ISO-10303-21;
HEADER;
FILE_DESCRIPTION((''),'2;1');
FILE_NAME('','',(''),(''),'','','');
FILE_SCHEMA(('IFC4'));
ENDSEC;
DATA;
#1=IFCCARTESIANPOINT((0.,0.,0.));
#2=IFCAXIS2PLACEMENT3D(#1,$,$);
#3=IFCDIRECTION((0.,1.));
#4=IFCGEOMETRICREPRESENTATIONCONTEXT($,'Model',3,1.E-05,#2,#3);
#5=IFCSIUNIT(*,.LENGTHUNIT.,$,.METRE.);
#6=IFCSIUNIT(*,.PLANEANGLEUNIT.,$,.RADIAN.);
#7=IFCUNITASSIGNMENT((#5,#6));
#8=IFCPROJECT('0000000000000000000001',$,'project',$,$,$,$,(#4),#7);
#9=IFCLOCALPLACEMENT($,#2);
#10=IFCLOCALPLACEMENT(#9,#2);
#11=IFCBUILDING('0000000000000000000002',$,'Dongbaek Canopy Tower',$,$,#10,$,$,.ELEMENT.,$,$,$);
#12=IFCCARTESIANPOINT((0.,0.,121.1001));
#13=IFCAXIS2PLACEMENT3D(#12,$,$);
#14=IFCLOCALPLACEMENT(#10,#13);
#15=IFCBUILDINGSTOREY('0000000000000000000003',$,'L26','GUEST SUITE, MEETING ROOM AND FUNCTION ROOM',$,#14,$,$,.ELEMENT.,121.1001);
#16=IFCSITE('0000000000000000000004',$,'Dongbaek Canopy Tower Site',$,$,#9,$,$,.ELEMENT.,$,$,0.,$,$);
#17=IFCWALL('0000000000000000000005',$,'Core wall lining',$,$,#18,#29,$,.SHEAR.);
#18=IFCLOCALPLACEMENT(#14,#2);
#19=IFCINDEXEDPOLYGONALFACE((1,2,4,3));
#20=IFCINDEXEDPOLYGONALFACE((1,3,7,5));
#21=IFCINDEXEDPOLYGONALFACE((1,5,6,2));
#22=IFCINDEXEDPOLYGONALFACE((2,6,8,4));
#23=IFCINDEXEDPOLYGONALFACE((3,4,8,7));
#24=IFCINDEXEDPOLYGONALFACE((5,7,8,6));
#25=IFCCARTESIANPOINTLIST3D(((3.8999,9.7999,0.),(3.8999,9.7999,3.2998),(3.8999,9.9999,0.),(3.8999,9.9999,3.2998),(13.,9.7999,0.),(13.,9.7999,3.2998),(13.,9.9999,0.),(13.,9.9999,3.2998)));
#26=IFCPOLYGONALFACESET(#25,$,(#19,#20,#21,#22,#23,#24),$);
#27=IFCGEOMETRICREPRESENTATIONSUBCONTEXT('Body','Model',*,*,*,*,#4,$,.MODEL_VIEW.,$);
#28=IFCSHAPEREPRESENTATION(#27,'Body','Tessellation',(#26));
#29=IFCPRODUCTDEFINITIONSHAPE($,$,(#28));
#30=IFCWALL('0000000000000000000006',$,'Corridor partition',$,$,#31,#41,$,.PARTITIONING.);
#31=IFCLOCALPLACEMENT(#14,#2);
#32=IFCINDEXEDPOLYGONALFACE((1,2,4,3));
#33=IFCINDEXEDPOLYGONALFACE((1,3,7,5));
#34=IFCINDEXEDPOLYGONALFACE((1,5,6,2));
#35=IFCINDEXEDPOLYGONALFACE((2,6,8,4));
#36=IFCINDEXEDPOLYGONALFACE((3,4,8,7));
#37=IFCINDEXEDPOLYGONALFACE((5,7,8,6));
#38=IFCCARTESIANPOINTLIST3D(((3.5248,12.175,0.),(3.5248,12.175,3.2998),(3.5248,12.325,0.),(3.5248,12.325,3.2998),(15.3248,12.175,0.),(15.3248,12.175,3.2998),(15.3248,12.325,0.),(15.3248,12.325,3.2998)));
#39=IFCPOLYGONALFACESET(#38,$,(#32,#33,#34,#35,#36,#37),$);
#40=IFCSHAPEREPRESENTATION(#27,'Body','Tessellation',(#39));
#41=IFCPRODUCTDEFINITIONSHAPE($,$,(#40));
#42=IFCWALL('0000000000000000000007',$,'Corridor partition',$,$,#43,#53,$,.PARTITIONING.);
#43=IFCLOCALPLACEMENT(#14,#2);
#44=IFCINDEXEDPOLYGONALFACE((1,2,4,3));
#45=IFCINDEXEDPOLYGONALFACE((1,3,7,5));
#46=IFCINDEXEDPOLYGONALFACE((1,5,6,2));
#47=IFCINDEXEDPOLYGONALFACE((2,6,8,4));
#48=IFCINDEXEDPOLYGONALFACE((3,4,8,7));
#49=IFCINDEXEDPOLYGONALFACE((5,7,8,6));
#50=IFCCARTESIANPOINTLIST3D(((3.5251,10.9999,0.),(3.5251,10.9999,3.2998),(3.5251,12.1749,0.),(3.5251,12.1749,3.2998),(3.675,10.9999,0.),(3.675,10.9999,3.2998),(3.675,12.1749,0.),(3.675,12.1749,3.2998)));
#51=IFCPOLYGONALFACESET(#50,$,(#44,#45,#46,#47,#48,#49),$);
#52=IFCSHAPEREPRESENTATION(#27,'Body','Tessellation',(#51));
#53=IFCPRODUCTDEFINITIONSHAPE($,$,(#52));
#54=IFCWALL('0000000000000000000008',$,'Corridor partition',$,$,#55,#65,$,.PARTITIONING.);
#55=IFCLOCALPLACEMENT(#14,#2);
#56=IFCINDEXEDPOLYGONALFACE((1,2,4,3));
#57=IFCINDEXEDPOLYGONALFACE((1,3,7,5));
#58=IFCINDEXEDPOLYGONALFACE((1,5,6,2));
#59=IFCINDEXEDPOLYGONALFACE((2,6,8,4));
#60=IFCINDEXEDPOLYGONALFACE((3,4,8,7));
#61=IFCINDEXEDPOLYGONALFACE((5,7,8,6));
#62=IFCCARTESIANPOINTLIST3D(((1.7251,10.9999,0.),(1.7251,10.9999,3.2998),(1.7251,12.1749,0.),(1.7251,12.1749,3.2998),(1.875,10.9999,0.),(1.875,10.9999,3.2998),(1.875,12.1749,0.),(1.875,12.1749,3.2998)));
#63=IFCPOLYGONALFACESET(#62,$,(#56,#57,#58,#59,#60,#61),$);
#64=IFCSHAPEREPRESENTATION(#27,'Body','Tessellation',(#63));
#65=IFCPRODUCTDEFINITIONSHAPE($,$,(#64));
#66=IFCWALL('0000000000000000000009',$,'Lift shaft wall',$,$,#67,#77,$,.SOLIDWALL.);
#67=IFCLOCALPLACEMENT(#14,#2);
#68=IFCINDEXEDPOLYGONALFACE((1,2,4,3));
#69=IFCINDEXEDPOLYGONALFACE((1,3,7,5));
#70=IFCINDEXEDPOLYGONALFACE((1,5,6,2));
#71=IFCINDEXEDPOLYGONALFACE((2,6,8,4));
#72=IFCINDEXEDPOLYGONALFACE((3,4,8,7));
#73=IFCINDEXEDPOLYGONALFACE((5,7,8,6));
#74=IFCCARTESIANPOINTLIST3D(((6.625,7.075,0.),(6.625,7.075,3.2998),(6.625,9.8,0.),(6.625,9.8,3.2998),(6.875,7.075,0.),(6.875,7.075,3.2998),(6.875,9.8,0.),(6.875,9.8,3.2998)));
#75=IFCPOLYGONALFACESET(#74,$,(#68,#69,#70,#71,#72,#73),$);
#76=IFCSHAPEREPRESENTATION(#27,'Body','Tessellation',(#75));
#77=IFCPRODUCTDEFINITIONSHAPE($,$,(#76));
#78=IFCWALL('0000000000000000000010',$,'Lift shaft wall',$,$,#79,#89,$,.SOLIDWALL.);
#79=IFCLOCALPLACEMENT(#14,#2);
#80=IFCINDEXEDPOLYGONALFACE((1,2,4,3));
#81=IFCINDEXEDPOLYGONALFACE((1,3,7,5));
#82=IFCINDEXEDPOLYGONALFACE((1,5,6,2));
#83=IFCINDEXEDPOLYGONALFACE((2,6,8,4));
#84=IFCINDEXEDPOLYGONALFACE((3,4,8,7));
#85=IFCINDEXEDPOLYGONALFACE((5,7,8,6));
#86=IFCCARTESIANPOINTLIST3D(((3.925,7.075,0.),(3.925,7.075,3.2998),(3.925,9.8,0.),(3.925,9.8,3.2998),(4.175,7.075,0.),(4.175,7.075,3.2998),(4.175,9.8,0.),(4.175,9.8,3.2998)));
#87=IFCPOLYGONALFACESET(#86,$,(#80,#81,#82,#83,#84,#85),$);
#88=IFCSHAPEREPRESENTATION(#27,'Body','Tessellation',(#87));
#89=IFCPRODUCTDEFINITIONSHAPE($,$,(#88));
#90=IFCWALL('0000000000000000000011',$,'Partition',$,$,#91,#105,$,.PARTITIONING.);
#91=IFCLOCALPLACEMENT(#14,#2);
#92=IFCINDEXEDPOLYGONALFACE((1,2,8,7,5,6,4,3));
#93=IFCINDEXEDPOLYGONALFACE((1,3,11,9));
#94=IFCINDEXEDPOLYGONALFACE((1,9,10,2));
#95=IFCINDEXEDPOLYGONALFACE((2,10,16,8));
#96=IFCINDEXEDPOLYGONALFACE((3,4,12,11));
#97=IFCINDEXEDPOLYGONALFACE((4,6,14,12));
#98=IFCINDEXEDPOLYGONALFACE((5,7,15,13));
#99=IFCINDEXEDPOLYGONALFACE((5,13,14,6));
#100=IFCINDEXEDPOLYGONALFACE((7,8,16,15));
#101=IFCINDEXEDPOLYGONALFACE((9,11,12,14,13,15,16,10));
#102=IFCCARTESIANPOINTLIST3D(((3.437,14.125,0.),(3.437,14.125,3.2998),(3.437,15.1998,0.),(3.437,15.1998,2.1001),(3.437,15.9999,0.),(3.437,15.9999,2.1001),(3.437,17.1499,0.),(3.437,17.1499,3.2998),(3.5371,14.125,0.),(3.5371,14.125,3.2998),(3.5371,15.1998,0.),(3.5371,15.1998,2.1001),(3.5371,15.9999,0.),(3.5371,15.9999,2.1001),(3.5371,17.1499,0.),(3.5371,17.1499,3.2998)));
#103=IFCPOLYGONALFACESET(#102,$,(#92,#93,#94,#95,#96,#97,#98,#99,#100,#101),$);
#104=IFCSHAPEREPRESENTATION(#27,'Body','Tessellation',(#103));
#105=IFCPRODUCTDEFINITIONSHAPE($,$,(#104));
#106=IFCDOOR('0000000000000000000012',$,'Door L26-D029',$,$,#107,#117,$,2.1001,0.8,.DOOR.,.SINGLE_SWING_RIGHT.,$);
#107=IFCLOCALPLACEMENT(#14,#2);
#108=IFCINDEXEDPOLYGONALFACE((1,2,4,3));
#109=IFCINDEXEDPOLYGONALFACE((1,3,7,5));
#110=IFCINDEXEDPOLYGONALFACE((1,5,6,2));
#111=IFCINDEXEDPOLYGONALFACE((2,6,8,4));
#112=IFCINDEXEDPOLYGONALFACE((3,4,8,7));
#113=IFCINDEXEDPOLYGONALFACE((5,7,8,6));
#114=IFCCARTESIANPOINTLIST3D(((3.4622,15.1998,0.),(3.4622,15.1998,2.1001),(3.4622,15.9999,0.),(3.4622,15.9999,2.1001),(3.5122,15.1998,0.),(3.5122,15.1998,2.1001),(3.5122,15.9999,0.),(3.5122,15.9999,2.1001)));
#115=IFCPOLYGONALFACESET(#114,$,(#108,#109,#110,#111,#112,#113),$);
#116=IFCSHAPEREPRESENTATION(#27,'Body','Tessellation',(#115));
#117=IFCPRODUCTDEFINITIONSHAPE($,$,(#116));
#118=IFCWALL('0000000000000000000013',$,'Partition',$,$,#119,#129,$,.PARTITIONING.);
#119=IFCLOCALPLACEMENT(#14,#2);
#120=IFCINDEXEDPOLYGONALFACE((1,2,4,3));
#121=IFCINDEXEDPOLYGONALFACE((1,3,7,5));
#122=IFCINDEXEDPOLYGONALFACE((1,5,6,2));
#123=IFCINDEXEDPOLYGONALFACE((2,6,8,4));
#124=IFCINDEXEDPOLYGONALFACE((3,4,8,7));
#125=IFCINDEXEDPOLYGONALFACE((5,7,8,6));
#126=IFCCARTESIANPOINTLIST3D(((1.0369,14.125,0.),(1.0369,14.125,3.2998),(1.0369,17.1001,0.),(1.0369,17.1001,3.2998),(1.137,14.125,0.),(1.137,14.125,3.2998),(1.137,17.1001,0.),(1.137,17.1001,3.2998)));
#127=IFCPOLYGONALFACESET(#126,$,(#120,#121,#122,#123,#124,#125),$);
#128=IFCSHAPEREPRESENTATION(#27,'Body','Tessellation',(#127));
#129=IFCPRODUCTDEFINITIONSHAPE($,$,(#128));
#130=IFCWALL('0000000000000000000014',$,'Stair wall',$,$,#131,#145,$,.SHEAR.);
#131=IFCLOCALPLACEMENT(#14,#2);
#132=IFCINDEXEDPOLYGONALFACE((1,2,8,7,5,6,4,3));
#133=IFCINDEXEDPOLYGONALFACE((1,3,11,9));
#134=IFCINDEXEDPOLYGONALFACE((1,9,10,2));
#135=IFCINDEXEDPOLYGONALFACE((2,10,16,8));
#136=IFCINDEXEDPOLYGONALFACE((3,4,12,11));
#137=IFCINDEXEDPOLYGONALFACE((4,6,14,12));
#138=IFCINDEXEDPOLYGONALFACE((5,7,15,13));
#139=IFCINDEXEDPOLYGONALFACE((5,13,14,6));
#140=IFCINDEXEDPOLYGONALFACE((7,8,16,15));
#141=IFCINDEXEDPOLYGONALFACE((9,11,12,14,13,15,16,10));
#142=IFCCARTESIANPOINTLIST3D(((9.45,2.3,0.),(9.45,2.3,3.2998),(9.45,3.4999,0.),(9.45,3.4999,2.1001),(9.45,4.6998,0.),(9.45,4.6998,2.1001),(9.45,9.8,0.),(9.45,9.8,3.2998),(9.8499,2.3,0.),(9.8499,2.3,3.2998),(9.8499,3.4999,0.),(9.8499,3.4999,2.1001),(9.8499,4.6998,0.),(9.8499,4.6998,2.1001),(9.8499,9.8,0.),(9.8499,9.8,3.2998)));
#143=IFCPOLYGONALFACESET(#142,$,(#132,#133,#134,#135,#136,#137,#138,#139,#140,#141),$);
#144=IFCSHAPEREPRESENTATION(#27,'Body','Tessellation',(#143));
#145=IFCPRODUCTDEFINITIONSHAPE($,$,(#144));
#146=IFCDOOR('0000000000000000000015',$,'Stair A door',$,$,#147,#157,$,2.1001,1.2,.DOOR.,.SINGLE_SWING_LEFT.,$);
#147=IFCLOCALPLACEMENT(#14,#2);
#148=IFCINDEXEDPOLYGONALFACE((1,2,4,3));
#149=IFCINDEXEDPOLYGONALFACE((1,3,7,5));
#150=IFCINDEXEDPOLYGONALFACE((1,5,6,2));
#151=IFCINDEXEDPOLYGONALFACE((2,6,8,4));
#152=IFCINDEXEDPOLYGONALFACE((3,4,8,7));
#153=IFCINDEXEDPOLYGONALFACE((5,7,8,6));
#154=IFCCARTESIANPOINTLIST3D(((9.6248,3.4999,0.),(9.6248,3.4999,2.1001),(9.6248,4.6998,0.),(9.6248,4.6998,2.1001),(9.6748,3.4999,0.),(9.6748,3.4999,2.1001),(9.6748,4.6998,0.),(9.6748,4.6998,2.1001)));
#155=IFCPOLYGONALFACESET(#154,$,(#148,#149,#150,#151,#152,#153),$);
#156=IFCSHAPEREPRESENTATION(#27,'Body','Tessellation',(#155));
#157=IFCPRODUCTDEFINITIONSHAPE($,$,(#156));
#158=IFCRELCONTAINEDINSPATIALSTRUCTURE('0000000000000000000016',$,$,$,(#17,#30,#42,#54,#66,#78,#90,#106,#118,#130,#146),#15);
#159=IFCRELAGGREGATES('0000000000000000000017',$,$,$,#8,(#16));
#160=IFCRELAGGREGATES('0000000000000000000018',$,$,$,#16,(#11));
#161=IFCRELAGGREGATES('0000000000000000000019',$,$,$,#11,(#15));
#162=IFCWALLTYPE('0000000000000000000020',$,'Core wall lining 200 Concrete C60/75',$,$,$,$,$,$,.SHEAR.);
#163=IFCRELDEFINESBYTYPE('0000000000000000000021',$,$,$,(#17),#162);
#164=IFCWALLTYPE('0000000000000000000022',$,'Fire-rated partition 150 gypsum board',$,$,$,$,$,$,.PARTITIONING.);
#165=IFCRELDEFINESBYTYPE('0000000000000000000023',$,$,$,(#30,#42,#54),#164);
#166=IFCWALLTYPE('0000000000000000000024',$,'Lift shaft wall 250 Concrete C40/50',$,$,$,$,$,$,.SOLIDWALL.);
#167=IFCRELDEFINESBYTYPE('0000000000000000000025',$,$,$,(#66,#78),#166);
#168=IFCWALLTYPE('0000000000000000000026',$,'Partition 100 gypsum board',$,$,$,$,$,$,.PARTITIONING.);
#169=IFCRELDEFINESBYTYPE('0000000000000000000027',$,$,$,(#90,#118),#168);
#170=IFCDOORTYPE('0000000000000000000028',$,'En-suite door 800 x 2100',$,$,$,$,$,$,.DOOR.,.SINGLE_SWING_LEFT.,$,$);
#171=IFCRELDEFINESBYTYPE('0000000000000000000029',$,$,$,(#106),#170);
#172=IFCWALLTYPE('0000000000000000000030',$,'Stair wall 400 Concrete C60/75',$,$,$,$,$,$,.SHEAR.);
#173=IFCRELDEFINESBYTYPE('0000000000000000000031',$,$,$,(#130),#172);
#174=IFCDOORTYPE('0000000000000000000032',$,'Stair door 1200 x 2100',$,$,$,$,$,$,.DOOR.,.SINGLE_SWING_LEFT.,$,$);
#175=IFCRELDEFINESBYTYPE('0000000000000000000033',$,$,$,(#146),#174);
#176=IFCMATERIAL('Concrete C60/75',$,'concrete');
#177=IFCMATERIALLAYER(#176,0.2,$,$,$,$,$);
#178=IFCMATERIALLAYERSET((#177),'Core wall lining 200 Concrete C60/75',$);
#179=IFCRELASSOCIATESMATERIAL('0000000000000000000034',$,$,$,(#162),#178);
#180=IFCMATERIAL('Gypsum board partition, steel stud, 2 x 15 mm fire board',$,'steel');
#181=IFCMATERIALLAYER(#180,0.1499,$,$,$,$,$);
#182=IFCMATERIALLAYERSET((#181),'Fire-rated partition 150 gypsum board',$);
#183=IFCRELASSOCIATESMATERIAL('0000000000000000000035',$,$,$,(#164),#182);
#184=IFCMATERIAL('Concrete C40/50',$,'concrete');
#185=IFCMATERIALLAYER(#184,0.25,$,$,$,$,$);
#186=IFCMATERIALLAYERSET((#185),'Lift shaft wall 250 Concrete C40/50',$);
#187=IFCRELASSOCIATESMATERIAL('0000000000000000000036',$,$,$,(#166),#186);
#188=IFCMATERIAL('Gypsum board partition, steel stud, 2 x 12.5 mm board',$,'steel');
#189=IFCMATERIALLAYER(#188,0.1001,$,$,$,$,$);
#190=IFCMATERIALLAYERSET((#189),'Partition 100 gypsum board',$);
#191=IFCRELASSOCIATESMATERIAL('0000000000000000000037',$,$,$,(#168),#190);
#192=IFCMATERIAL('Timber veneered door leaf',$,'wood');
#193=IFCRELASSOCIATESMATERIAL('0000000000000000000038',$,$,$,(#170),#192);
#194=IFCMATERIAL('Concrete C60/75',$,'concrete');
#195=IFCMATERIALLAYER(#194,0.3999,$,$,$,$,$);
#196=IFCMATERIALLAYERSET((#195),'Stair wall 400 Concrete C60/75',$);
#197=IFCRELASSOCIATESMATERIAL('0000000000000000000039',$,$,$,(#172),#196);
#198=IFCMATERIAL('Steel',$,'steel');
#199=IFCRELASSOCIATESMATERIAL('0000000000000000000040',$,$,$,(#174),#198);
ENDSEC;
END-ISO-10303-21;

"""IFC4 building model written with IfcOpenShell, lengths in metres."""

from ifc_helpers import new_model, si_unit, direction, frame, frame_2d, origin, place, context, subcontext, project, spatial, rectangle, extrude, material, layer, layer_set, type_object, element, fill, save


model = new_model("IFC4")

# Units and contexts
model_context = context("Model", 3, precision=1e-05, world=origin(), true_north=direction((0.0, 1.0)))
body_context = subcontext(model_context, "Body", "Model", "MODEL_VIEW")
ifc_project = project(units=[si_unit("LENGTHUNIT", "METRE"), si_unit("PLANEANGLEUNIT", "RADIAN")], contexts=[model_context])

# Site, building, storey
site_placement = place(None, origin())
site = spatial("IfcSite", under=ifc_project, at=site_placement, Name="Dongbaek Canopy Tower Site", CompositionType="ELEMENT", RefElevation=0.0)
building_placement = place(site_placement, origin())
building = spatial("IfcBuilding", under=site, at=building_placement, Name="Dongbaek Canopy Tower", CompositionType="ELEMENT")
storey_placement = place(building_placement, frame((0.0, 0.0, 121.1001)))
storey = spatial("IfcBuildingStorey", under=building, at=storey_placement, Name="L26", Description="GUEST SUITE, MEETING ROOM AND FUNCTION ROOM", CompositionType="ELEMENT", Elevation=121.1001)

# Walls
ifc_material_1 = material(Name="Concrete C60/75", Category="concrete")
ifc_layer_1 = layer(ifc_material_1, 0.2)
ifc_layer_set_1 = layer_set([ifc_layer_1], Name="Core wall lining 200 Concrete C60/75")
wall_type_1 = type_object("IfcWallType", Name="Core wall lining 200 Concrete C60/75", PredefinedType="SHEAR", material=ifc_layer_set_1)
wall_1_placement = place(storey_placement, frame((3.8999, 9.8999, 0.0), z_axis=(0.0, 0.0, 1.0), x_axis=(1.0, 0.0, 0.0)))
element("IfcWall", 1, at=wall_1_placement, inside=storey, type_object=wall_type_1, Name="Core wall lining", PredefinedType="SHEAR", context=body_context, shape_type="SweptSolid", body=[
    extrude(rectangle(XDim=9.1001, YDim=0.2, at=frame_2d((4.55, 0.0))), origin(), (0.0, 0.0, 1.0), 3.2998),
])
ifc_material_2 = material(Name="Gypsum board partition, steel stud, 2 x 15 mm fire board", Category="steel")
ifc_layer_2 = layer(ifc_material_2, 0.1499)
ifc_layer_set_2 = layer_set([ifc_layer_2], Name="Fire-rated partition 150 gypsum board")
wall_type_2 = type_object("IfcWallType", Name="Fire-rated partition 150 gypsum board", PredefinedType="PARTITIONING", material=ifc_layer_set_2)
wall_2_placement = place(storey_placement, frame((3.5249, 12.25, 0.0), z_axis=(0.0, 0.0, 1.0), x_axis=(1.0, 0.0, 0.0)))
element("IfcWall", 2, at=wall_2_placement, inside=storey, type_object=wall_type_2, Name="Corridor partition", PredefinedType="PARTITIONING", context=body_context, shape_type="SweptSolid", body=[
    extrude(rectangle(XDim=11.8, YDim=0.1499, at=frame_2d((5.8999, 0.0))), origin(), (0.0, 0.0, 1.0), 3.2998),
])
for number, where, z_axis, x_axis, name in (
    (3, (3.6001, 11.0, 0.0), (0.0, 0.0, 1.0), (0.0, 1.0, 0.0), "Corridor partition"),
    (4, (1.8, 11.0, 0.0), (0.0, 0.0, 1.0), (0.0, 1.0, 0.0), "Corridor partition"),
):
    element("IfcWall", number, at=place(storey_placement, frame(where, z_axis=z_axis, x_axis=x_axis)), inside=storey, type_object=wall_type_2, Name=name, PredefinedType="PARTITIONING", context=body_context, shape_type="SweptSolid", body=[
        extrude(rectangle(XDim=1.175, YDim=0.1499, at=frame_2d((0.5874, 0.0))), origin(), (0.0, 0.0, 1.0), 3.2998),
    ])
ifc_material_3 = material(Name="Concrete C40/50", Category="concrete")
ifc_layer_3 = layer(ifc_material_3, 0.25)
ifc_layer_set_3 = layer_set([ifc_layer_3], Name="Lift shaft wall 250 Concrete C40/50")
wall_type_3 = type_object("IfcWallType", Name="Lift shaft wall 250 Concrete C40/50", PredefinedType="SOLIDWALL", material=ifc_layer_set_3)
for number, where, z_axis, x_axis, name in (
    (5, (6.75, 7.075, 0.0), (0.0, 0.0, 1.0), (0.0, 1.0, 0.0), "Lift shaft wall"),
    (6, (4.05, 7.075, 0.0), (0.0, 0.0, 1.0), (0.0, 1.0, 0.0), "Lift shaft wall"),
):
    element("IfcWall", number, at=place(storey_placement, frame(where, z_axis=z_axis, x_axis=x_axis)), inside=storey, type_object=wall_type_3, Name=name, PredefinedType="SOLIDWALL", context=body_context, shape_type="SweptSolid", body=[
        extrude(rectangle(XDim=2.7251, YDim=0.25, at=frame_2d((1.3625, 0.0))), origin(), (0.0, 0.0, 1.0), 3.2998),
    ])

# Wall, opening, door
ifc_material_4 = material(Name="Gypsum board partition, steel stud, 2 x 12.5 mm board", Category="steel")
ifc_layer_4 = layer(ifc_material_4, 0.1001)
ifc_layer_set_4 = layer_set([ifc_layer_4], Name="Partition 100 gypsum board")
wall_type_4 = type_object("IfcWallType", Name="Partition 100 gypsum board", PredefinedType="PARTITIONING", material=ifc_layer_set_4)
wall_3_placement = place(storey_placement, frame((3.4871, 14.125, 0.0), z_axis=(0.0, 0.0, 1.0), x_axis=(0.0, 1.0, 0.0)))
wall_3 = element("IfcWall", 7, at=wall_3_placement, inside=storey, type_object=wall_type_4, Name="Partition", PredefinedType="PARTITIONING", context=body_context, shape_type="SweptSolid", body=[
    extrude(rectangle(XDim=3.0249, YDim=0.1001, at=frame_2d((1.5125, 0.0))), origin(), (0.0, 0.0, 1.0), 3.2998),
])
opening_1_placement = place(wall_3_placement, frame((1.075, 0.0, 0.0)))
opening_1 = element("IfcOpeningElement", 8, at=opening_1_placement, cuts=wall_3, PredefinedType="OPENING", context=body_context, shape_type="SweptSolid", body=[
    extrude(rectangle(XDim=0.8, YDim=2.1001, at=frame_2d((0.3999, 1.05))), frame((0.0, 0.0601, 0.0), z_axis=(0.0, -1.0, 0.0), x_axis=(1.0, 0.0, 0.0)), (0.0, 0.0, 1.0), 0.1201),
])
ifc_material_5 = material(Name="Timber veneered door leaf", Category="wood")
door_type_1 = type_object("IfcDoorType", Name="En-suite door 800 x 2100", OperationType="SINGLE_SWING_LEFT", PredefinedType="DOOR", material=ifc_material_5)
door_1_placement = place(opening_1_placement, origin())
door_1 = element("IfcDoor", 9, at=door_1_placement, inside=storey, type_object=door_type_1, Name="Door L26-D029", OperationType="SINGLE_SWING_RIGHT", OverallHeight=2.1001, OverallWidth=0.8, PredefinedType="DOOR", context=body_context, shape_type="SweptSolid", body=[
    extrude(rectangle(XDim=0.8, YDim=2.1001, at=frame_2d((0.3999, 1.05))), frame((0.0, 0.0249, 0.0), z_axis=(0.0, -1.0, 0.0), x_axis=(1.0, 0.0, 0.0)), (0.0, 0.0, 1.0), 0.05),
])
fill(opening_1, door_1)

# Wall
wall_4_placement = place(storey_placement, frame((1.0869, 14.125, 0.0), z_axis=(0.0, 0.0, 1.0), x_axis=(0.0, 1.0, 0.0)))
element("IfcWall", 10, at=wall_4_placement, inside=storey, type_object=wall_type_4, Name="Partition", PredefinedType="PARTITIONING", context=body_context, shape_type="SweptSolid", body=[
    extrude(rectangle(XDim=2.9751, YDim=0.1001, at=frame_2d((1.4875, 0.0))), origin(), (0.0, 0.0, 1.0), 3.2998),
])

# Wall, opening, door
ifc_material_6 = material(Name="Concrete C60/75", Category="concrete")
ifc_layer_5 = layer(ifc_material_6, 0.3999)
ifc_layer_set_5 = layer_set([ifc_layer_5], Name="Stair wall 400 Concrete C60/75")
wall_type_5 = type_object("IfcWallType", Name="Stair wall 400 Concrete C60/75", PredefinedType="SHEAR", material=ifc_layer_set_5)
wall_5_placement = place(storey_placement, frame((9.6499, 9.8, 0.0), z_axis=(0.0, 0.0, 1.0), x_axis=(0.0, -1.0, 0.0)))
wall_5 = element("IfcWall", 11, at=wall_5_placement, inside=storey, type_object=wall_type_5, Name="Stair wall", PredefinedType="SHEAR", context=body_context, shape_type="SweptSolid", body=[
    extrude(rectangle(XDim=7.5, YDim=0.3999, at=frame_2d((3.75, 0.0))), origin(), (0.0, 0.0, 1.0), 3.2998),
])
opening_2_placement = place(wall_5_placement, frame((5.1001, 0.0, 0.0)))
opening_2 = element("IfcOpeningElement", 12, at=opening_2_placement, cuts=wall_5, PredefinedType="OPENING", context=body_context, shape_type="SweptSolid", body=[
    extrude(rectangle(XDim=1.2, YDim=2.1001, at=frame_2d((0.6001, 1.05))), frame((0.0, 0.21, 0.0), z_axis=(0.0, -1.0, 0.0), x_axis=(1.0, 0.0, 0.0)), (0.0, 0.0, 1.0), 0.4199),
])
ifc_material_7 = material(Name="Steel", Category="steel")
door_type_2 = type_object("IfcDoorType", Name="Stair door 1200 x 2100", OperationType="SINGLE_SWING_LEFT", PredefinedType="DOOR", material=ifc_material_7)
door_2_placement = place(opening_2_placement, origin())
door_2 = element("IfcDoor", 13, at=door_2_placement, inside=storey, type_object=door_type_2, Name="Stair A door", OperationType="SINGLE_SWING_LEFT", OverallHeight=2.1001, OverallWidth=1.2, PredefinedType="DOOR", context=body_context, shape_type="SweptSolid", body=[
    extrude(rectangle(XDim=1.2, YDim=2.1001, at=frame_2d((0.6001, 1.05))), frame((0.0, 0.0249, 0.0), z_axis=(0.0, -1.0, 0.0), x_axis=(1.0, 0.0, 0.0)), (0.0, 0.0, 1.0), 0.05),
])
fill(opening_2, door_2)

save(model, "model.ifc")
